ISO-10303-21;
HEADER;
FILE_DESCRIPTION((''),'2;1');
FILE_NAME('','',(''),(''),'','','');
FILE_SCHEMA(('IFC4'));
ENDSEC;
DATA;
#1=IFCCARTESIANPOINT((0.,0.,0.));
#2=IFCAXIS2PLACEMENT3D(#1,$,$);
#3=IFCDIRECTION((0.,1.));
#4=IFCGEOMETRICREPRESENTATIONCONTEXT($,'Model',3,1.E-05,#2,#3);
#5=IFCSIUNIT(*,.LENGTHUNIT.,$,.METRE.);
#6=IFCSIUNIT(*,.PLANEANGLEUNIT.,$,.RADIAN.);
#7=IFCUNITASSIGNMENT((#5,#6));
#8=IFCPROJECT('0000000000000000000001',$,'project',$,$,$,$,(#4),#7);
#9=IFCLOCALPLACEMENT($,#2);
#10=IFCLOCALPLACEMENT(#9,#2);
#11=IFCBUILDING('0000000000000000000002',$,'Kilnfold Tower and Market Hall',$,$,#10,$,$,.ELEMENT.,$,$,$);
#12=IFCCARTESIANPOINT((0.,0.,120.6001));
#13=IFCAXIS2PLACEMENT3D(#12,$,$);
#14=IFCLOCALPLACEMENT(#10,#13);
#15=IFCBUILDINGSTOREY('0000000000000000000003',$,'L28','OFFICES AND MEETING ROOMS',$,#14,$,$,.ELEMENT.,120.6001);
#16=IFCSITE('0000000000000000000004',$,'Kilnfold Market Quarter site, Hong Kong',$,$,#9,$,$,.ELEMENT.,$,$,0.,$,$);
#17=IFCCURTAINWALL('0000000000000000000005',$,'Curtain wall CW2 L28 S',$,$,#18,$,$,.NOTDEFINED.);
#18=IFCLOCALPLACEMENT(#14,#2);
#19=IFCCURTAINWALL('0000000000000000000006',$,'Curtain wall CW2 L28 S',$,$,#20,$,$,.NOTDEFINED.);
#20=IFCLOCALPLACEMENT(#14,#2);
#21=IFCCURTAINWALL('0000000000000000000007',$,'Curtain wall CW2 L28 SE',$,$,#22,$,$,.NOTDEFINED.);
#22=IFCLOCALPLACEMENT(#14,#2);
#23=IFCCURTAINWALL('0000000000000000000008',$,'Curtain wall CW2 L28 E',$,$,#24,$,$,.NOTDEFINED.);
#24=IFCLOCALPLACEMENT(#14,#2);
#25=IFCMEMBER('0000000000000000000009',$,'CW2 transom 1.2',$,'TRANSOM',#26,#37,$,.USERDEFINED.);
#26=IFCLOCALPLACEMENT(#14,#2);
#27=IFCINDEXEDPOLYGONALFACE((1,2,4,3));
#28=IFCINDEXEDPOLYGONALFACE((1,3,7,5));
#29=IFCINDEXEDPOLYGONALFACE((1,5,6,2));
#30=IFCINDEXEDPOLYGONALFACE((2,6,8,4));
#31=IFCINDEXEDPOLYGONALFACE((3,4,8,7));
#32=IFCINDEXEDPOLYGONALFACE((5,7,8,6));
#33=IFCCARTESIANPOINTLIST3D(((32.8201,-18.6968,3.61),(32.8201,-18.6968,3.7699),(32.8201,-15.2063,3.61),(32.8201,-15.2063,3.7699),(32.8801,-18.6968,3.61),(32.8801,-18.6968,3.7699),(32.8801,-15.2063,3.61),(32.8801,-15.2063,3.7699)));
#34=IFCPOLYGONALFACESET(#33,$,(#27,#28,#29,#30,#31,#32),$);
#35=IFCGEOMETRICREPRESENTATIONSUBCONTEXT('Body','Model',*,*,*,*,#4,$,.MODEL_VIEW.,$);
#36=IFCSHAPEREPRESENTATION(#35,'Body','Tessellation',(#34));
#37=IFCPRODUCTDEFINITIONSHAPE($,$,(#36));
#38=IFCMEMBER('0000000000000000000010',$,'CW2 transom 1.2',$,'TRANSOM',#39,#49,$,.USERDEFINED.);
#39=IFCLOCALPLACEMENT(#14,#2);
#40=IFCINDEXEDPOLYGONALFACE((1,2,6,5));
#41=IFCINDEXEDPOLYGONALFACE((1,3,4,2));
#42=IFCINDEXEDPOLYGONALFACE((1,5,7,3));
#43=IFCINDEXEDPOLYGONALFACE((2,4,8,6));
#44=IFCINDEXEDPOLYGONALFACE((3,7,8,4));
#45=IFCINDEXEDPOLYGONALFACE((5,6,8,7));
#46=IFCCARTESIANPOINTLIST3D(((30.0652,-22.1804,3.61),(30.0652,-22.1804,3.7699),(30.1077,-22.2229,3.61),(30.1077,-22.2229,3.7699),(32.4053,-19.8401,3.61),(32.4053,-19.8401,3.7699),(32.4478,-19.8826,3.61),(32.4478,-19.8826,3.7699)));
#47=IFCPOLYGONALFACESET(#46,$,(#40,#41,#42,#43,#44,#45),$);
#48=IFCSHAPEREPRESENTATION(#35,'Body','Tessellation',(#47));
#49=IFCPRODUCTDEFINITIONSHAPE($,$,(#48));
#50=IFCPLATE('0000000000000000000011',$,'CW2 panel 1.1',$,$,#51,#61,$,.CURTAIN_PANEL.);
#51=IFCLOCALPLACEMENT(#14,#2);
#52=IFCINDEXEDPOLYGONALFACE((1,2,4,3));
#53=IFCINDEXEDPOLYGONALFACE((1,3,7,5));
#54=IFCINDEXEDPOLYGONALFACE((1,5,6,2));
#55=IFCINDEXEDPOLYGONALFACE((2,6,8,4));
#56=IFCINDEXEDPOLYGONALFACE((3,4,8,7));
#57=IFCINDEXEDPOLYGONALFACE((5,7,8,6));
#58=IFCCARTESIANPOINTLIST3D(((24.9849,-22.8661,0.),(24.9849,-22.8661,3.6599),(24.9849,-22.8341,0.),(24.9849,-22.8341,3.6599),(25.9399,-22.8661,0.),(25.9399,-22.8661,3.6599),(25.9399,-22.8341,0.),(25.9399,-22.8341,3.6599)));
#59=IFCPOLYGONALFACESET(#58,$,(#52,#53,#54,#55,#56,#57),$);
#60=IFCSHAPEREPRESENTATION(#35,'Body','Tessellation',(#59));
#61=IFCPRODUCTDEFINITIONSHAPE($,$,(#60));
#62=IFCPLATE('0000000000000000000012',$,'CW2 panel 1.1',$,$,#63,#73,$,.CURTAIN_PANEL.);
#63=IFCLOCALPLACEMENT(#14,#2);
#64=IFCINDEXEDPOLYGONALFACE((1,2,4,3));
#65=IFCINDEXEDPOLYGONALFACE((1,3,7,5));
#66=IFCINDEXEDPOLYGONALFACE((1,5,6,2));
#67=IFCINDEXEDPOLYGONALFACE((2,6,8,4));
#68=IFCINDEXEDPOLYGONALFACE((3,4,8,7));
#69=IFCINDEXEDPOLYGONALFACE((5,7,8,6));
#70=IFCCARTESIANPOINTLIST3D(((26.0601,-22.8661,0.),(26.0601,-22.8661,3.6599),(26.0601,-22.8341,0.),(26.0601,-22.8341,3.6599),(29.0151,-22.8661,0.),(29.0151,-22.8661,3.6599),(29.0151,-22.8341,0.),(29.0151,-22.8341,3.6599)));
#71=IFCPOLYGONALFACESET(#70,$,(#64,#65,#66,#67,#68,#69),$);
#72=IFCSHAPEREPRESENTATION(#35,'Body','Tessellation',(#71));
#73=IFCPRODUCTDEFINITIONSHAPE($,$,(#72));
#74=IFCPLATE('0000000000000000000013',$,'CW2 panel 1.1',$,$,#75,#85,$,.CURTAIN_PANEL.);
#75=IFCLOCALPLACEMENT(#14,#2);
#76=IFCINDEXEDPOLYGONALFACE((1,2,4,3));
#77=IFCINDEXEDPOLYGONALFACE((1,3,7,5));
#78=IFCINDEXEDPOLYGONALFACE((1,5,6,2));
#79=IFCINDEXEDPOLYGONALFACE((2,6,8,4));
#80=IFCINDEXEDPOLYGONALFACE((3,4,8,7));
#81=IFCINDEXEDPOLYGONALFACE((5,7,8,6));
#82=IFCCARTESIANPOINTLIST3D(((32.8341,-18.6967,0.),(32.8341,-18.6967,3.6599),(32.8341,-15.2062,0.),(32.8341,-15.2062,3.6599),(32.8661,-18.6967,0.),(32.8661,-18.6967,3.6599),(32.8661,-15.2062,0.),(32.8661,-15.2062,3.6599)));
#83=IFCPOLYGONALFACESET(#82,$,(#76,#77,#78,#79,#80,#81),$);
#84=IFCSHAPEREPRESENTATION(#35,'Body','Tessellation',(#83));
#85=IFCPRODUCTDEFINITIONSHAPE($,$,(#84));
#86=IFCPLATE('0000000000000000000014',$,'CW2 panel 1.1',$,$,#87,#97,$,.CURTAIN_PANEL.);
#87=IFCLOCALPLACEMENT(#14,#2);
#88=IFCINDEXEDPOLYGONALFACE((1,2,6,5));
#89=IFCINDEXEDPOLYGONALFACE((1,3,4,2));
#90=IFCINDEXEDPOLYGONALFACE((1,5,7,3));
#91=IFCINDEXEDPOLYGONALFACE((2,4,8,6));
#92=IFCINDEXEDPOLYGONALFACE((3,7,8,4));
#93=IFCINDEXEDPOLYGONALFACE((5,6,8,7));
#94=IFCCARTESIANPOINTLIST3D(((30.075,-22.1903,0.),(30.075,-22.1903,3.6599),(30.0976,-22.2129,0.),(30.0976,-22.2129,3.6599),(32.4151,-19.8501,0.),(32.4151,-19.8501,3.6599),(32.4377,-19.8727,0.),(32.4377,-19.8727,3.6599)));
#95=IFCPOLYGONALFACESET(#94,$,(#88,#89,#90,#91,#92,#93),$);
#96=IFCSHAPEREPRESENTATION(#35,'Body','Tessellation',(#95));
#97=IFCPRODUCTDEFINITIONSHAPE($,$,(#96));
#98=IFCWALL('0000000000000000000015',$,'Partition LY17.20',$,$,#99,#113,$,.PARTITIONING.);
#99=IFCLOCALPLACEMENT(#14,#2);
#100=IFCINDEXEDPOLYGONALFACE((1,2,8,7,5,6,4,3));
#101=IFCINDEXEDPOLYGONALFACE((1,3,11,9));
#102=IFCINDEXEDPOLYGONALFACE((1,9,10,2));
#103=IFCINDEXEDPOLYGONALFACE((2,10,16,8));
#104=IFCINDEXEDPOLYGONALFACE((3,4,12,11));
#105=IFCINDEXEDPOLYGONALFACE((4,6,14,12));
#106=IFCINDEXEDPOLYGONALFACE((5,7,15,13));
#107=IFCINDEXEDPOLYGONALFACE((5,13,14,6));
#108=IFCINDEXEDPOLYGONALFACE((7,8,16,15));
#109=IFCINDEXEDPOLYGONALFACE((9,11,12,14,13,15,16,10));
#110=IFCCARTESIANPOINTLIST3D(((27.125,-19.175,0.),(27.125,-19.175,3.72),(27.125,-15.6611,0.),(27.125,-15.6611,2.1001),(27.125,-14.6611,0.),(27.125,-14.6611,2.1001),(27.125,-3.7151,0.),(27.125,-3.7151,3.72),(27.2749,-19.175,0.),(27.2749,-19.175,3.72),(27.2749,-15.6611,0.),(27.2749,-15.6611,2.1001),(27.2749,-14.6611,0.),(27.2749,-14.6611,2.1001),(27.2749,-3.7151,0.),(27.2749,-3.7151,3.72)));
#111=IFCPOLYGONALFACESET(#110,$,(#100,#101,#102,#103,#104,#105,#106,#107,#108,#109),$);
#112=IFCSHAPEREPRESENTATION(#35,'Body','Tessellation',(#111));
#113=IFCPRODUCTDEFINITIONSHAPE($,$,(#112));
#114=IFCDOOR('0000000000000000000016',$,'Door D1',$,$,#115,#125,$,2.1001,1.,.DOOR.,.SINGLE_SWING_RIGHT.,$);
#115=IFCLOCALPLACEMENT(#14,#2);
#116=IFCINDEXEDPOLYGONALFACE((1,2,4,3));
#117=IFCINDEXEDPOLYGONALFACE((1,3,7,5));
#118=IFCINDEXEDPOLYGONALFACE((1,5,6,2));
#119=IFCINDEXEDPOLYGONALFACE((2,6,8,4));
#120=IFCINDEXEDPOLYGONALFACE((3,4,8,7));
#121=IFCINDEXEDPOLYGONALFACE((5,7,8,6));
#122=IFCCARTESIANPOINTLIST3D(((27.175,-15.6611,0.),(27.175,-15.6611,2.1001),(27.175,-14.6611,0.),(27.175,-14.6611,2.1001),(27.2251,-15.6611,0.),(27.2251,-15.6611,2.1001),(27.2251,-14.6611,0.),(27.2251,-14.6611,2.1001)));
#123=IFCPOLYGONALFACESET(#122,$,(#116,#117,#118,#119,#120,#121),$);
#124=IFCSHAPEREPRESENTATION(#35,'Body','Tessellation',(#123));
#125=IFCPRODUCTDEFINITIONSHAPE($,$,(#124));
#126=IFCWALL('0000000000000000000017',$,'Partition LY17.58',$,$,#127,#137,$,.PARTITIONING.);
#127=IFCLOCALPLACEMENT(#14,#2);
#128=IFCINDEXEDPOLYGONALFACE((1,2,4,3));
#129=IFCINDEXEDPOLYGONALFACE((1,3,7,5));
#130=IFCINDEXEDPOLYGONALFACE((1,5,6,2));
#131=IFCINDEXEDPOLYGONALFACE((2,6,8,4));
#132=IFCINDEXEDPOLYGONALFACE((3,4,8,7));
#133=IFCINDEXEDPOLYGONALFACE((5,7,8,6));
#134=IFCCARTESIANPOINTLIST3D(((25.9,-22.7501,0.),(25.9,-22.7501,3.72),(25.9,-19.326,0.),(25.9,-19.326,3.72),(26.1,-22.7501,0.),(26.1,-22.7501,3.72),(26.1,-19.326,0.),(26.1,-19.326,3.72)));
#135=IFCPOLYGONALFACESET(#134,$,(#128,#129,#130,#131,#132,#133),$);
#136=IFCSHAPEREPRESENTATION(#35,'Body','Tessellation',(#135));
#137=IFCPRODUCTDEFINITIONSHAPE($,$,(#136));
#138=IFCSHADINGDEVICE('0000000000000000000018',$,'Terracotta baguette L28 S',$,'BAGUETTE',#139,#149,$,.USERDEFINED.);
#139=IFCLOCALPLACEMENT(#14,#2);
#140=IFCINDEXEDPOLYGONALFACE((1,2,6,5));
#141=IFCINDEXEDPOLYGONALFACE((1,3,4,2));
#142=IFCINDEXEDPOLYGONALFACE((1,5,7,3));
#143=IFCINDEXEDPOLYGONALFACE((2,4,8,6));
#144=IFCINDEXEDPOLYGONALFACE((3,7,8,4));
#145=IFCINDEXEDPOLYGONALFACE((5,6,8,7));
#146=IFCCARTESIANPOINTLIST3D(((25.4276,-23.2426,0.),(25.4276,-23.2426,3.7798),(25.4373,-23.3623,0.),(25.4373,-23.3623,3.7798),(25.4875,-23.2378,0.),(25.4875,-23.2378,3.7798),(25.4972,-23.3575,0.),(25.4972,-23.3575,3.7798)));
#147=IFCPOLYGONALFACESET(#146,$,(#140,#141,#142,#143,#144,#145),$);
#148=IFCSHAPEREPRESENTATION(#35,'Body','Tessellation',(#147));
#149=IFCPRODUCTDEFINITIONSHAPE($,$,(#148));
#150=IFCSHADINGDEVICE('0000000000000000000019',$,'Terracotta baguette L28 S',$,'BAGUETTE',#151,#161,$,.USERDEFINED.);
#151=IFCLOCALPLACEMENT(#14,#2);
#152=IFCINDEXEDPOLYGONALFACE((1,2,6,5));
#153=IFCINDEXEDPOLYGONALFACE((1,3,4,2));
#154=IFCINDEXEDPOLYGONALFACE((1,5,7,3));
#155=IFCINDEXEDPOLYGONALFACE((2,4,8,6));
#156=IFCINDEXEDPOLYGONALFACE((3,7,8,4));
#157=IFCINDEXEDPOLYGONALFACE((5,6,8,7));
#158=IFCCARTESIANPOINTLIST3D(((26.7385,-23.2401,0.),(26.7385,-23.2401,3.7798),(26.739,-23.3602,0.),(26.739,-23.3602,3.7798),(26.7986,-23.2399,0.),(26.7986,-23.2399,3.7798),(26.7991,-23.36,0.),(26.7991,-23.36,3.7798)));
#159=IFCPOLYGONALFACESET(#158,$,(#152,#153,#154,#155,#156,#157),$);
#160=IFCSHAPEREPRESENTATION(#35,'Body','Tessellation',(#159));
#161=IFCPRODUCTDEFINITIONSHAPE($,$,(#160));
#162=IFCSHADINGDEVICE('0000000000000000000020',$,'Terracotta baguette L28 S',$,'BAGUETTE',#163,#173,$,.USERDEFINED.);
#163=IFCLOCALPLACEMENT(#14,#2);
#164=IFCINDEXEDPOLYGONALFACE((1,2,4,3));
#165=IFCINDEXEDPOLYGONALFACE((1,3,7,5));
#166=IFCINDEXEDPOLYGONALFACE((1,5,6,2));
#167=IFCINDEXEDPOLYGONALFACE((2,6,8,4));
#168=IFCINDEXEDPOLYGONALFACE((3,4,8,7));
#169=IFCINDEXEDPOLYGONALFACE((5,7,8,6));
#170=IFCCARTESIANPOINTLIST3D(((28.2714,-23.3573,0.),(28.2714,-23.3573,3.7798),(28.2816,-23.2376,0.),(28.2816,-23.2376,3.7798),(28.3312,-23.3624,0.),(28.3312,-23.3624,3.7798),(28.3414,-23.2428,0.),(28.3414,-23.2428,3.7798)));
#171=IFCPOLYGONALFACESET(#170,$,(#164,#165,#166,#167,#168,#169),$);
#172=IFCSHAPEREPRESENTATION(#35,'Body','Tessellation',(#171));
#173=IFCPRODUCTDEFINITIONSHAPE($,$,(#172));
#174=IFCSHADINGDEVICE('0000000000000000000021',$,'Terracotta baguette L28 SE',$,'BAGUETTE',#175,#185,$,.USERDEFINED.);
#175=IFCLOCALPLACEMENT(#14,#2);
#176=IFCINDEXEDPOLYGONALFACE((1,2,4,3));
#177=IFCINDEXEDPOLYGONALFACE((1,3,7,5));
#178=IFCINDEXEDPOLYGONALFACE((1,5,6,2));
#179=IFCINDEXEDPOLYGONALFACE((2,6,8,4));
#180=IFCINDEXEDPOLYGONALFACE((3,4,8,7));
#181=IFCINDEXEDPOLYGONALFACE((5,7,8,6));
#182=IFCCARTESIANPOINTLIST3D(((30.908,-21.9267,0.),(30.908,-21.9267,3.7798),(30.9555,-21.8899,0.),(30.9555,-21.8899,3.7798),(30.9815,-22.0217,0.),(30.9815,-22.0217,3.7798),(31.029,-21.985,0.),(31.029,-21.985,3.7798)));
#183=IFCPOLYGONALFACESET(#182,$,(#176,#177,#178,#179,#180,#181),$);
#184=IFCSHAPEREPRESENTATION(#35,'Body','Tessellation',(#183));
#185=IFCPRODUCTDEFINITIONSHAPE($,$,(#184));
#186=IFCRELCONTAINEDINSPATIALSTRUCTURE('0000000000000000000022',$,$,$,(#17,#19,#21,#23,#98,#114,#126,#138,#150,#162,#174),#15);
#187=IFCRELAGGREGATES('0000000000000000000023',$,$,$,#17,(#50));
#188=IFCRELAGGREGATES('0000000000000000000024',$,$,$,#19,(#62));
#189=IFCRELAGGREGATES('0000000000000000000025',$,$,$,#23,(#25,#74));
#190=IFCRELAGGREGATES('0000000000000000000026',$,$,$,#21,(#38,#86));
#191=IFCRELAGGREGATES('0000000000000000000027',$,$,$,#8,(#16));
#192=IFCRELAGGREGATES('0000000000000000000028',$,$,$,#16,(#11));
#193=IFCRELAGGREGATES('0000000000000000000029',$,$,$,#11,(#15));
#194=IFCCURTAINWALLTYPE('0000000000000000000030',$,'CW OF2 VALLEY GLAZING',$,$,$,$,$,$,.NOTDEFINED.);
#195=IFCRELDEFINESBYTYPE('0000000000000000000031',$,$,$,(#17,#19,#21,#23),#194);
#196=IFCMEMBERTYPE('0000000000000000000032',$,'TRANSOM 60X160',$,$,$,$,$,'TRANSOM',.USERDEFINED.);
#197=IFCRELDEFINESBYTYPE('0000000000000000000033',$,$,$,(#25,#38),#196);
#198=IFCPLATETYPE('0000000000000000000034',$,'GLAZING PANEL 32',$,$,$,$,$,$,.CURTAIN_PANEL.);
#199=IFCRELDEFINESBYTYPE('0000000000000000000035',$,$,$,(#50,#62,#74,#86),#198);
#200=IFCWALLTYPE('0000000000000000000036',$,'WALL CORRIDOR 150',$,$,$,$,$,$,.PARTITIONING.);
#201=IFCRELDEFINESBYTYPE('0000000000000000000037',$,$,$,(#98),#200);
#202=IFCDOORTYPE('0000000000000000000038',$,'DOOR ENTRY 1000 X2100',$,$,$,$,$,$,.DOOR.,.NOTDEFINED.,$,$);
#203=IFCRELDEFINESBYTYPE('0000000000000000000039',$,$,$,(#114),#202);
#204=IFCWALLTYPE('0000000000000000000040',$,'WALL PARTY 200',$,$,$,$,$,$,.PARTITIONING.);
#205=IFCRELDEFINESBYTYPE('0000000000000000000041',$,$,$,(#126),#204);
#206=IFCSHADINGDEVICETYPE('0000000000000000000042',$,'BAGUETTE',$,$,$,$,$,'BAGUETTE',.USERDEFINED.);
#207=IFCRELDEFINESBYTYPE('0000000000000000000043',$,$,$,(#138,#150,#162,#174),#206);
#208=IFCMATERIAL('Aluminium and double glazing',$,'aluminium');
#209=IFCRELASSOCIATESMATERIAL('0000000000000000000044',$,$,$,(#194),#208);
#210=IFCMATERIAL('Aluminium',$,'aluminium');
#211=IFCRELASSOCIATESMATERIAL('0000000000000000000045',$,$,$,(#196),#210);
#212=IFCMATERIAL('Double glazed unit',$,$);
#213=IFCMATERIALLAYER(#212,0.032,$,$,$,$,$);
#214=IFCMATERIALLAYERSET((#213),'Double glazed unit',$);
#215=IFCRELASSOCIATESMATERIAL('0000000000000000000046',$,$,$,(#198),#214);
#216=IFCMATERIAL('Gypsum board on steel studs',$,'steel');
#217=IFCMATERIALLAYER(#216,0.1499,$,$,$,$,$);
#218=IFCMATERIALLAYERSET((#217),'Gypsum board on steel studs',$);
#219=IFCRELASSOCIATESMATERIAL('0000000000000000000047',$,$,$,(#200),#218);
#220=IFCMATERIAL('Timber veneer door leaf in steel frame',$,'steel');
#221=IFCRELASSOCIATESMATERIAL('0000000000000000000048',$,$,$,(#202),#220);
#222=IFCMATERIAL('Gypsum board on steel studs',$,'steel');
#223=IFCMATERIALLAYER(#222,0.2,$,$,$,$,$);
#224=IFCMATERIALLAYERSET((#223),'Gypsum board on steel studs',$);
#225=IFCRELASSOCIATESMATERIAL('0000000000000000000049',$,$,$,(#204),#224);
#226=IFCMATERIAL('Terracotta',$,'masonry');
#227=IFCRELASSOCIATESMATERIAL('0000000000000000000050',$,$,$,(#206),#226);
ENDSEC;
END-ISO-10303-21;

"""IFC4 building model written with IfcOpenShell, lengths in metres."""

from ifc_helpers import new_model, si_unit, direction, frame, frame_2d, origin, origin_2d, place, context, subcontext, project, spatial, rectangle, extrude, source, transform, mapped, material, layer, layer_set, material_profile, profile_set, type_object, element, fill, aggregate, save


model = new_model("IFC4")

# Units and contexts
model_context = context("Model", 3, precision=1e-05, world=origin(), true_north=direction((0.0, 1.0)))
body_context = subcontext(model_context, "Body", "Model", "MODEL_VIEW")
ifc_project = project(units=[si_unit("LENGTHUNIT", "METRE"), si_unit("PLANEANGLEUNIT", "RADIAN")], contexts=[model_context])

# Site, building, storey
site_placement = place(None, origin())
site = spatial("IfcSite", under=ifc_project, at=site_placement, Name="Kilnfold Market Quarter site, Hong Kong", CompositionType="ELEMENT", RefElevation=0.0)
building_placement = place(site_placement, origin())
building = spatial("IfcBuilding", under=site, at=building_placement, Name="Kilnfold Tower and Market Hall", CompositionType="ELEMENT")
storey_placement = place(building_placement, frame((0.0, 0.0, 120.6001)))
storey = spatial("IfcBuildingStorey", under=building, at=storey_placement, Name="L28", Description="OFFICES AND MEETING ROOMS", CompositionType="ELEMENT", Elevation=120.6001)

# Curtain walls
ifc_material_1 = material(Name="Aluminium and double glazing", Category="aluminium")
curtain_wall_type = type_object("IfcCurtainWallType", Name="CW OF2 VALLEY GLAZING", PredefinedType="NOTDEFINED", material=ifc_material_1)
curtain_wall_1_placement = place(storey_placement, origin())
curtain_wall_1 = element("IfcCurtainWall", 1, at=curtain_wall_1_placement, inside=storey, type_object=curtain_wall_type, Name="Curtain wall CW2 L28 S", PredefinedType="NOTDEFINED")
curtain_wall_2_placement = place(storey_placement, origin())
curtain_wall_2 = element("IfcCurtainWall", 2, at=curtain_wall_2_placement, inside=storey, type_object=curtain_wall_type, Name="Curtain wall CW2 L28 S", PredefinedType="NOTDEFINED")
curtain_wall_3_placement = place(storey_placement, origin())
curtain_wall_3 = element("IfcCurtainWall", 3, at=curtain_wall_3_placement, inside=storey, type_object=curtain_wall_type, Name="Curtain wall CW2 L28 SE", PredefinedType="NOTDEFINED")
curtain_wall_4_placement = place(storey_placement, origin())
curtain_wall_4 = element("IfcCurtainWall", 4, at=curtain_wall_4_placement, inside=storey, type_object=curtain_wall_type, Name="Curtain wall CW2 L28 E", PredefinedType="NOTDEFINED")

# Members
ifc_material_2 = material(Name="Aluminium", Category="aluminium")
ifc_material_profile_1 = material_profile(ifc_material_2, rectangle(XDim=0.0601, YDim=0.1599, at=origin_2d()), Name="TRANSOM 60x160")
ifc_profile_set_1 = profile_set([ifc_material_profile_1], Name="Aluminium")
member_type_1 = type_object("IfcMemberType", Name="TRANSOM 60X160", ElementType="TRANSOM", PredefinedType="USERDEFINED", material=ifc_profile_set_1)
shared_shape_1 = source(origin(), body_context, "Body", "SweptSolid", [
    extrude(rectangle(XDim=0.0601, YDim=0.1599, at=origin_2d()), origin(), (0.0, 0.0, 1.0), 3.4905),
])
member_1_placement = place(storey_placement, frame((32.8501, -18.6968, 3.6899), z_axis=(0.0, 1.0, 0.0), x_axis=(-1.0, 0.0, 0.0)))
member_1 = element("IfcMember", 5, at=member_1_placement, type_object=member_type_1, Name="CW2 transom 1.2", ObjectType="TRANSOM", PredefinedType="USERDEFINED", context=body_context, shape_type="MappedRepresentation", body=[
    mapped(shared_shape_1, transform((0.0, 0.0, 0.0))),
])
shared_shape_2 = source(origin(), body_context, "Body", "SweptSolid", [
    extrude(rectangle(XDim=0.0601, YDim=0.1599, at=origin_2d()), origin(), (0.0, 0.0, 1.0), 3.3096),
])
member_2_placement = place(storey_placement, frame((30.0864, -22.2017, 3.6899), z_axis=(0.70707, 0.707144, 0.0), x_axis=(-0.707144, 0.70707, 0.0)))
member_2 = element("IfcMember", 6, at=member_2_placement, type_object=member_type_1, Name="CW2 transom 1.2", ObjectType="TRANSOM", PredefinedType="USERDEFINED", context=body_context, shape_type="MappedRepresentation", body=[
    mapped(shared_shape_2, transform((0.0, 0.0, 0.0))),
])

# Plates
ifc_material_3 = material(Name="Double glazed unit")
ifc_layer_1 = layer(ifc_material_3, 0.032)
ifc_layer_set_1 = layer_set([ifc_layer_1], Name="Double glazed unit")
plate_type = type_object("IfcPlateType", Name="GLAZING PANEL 32", PredefinedType="CURTAIN_PANEL", material=ifc_layer_set_1)
shared_shape_3 = source(origin(), body_context, "Body", "SweptSolid", [
    extrude(rectangle(XDim=0.9551, YDim=0.032, at=origin_2d()), origin(), (0.0, 0.0, 1.0), 3.6599),
])
plate_1_placement = place(storey_placement, frame((25.4624, -22.8501, 0.0), z_axis=(0.0, 0.0, 1.0), x_axis=(1.0, 0.0, 0.0)))
plate_1 = element("IfcPlate", 7, at=plate_1_placement, type_object=plate_type, Name="CW2 panel 1.1", PredefinedType="CURTAIN_PANEL", context=body_context, shape_type="MappedRepresentation", body=[
    mapped(shared_shape_3, transform((0.0, 0.0, 0.0))),
])
aggregate(curtain_wall_1, [plate_1])
shared_shape_4 = source(origin(), body_context, "Body", "SweptSolid", [
    extrude(rectangle(XDim=2.9551, YDim=0.032, at=origin_2d()), origin(), (0.0, 0.0, 1.0), 3.6599),
])
plate_2_placement = place(storey_placement, frame((27.5376, -22.8501, 0.0), z_axis=(0.0, 0.0, 1.0), x_axis=(1.0, 0.0, 0.0)))
plate_2 = element("IfcPlate", 8, at=plate_2_placement, type_object=plate_type, Name="CW2 panel 1.1", PredefinedType="CURTAIN_PANEL", context=body_context, shape_type="MappedRepresentation", body=[
    mapped(shared_shape_4, transform((0.0, 0.0, 0.0))),
])
aggregate(curtain_wall_2, [plate_2])
shared_shape_5 = source(origin(), body_context, "Body", "SweptSolid", [
    extrude(rectangle(XDim=3.4905, YDim=0.032, at=origin_2d()), origin(), (0.0, 0.0, 1.0), 3.6599),
])
plate_3_placement = place(storey_placement, frame((32.8501, -16.9514, 0.0), z_axis=(0.0, 0.0, 1.0), x_axis=(0.0, 1.0, 0.0)))
plate_3 = element("IfcPlate", 9, at=plate_3_placement, type_object=plate_type, Name="CW2 panel 1.1", PredefinedType="CURTAIN_PANEL", context=body_context, shape_type="MappedRepresentation", body=[
    mapped(shared_shape_5, transform((0.0, 0.0, 0.0))),
])
aggregate(curtain_wall_4, [member_1, plate_3])
shared_shape_6 = source(origin(), body_context, "Body", "SweptSolid", [
    extrude(rectangle(XDim=3.3096, YDim=0.032, at=origin_2d()), origin(), (0.0, 0.0, 1.0), 3.6599),
])
plate_4_placement = place(storey_placement, frame((31.2563, -21.0315, 0.0), z_axis=(0.0, 0.0, 1.0), x_axis=(0.707092, 0.707121, 0.0)))
plate_4 = element("IfcPlate", 10, at=plate_4_placement, type_object=plate_type, Name="CW2 panel 1.1", PredefinedType="CURTAIN_PANEL", context=body_context, shape_type="MappedRepresentation", body=[
    mapped(shared_shape_6, transform((0.0, 0.0, 0.0))),
])
aggregate(curtain_wall_3, [member_2, plate_4])

# Wall, opening, door
ifc_material_4 = material(Name="Gypsum board on steel studs", Category="steel")
ifc_layer_2 = layer(ifc_material_4, 0.1499)
ifc_layer_set_2 = layer_set([ifc_layer_2], Name="Gypsum board on steel studs")
wall_type_1 = type_object("IfcWallType", Name="WALL CORRIDOR 150", PredefinedType="PARTITIONING", material=ifc_layer_set_2)
wall_1_placement = place(storey_placement, frame((27.2, -19.175, 0.0), z_axis=(0.0, 0.0, 1.0), x_axis=(0.0, 1.0, 0.0)))
wall_1 = element("IfcWall", 11, at=wall_1_placement, inside=storey, type_object=wall_type_1, Name="Partition LY17.20", PredefinedType="PARTITIONING", context=body_context, shape_type="SweptSolid", body=[
    extrude(rectangle(XDim=15.46, YDim=0.1499, at=frame_2d((7.73, 0.0))), origin(), (0.0, 0.0, 1.0), 3.72),
])
opening_placement = place(wall_1_placement, frame((3.5139, 0.0, 0.0)))
opening = element("IfcOpeningElement", 12, at=opening_placement, cuts=wall_1, PredefinedType="OPENING", context=body_context, shape_type="SweptSolid", body=[
    extrude(rectangle(XDim=1.0, YDim=2.1001, at=frame_2d((0.5, 1.05))), frame((0.0, 0.085, 0.0), z_axis=(0.0, -1.0, 0.0), x_axis=(1.0, 0.0, 0.0)), (0.0, 0.0, 1.0), 0.1699),
])
ifc_material_5 = material(Name="Timber veneer door leaf in steel frame", Category="steel")
door_type = type_object("IfcDoorType", Name="DOOR ENTRY 1000 X2100", OperationType="NOTDEFINED", PredefinedType="DOOR", material=ifc_material_5)
door_placement = place(opening_placement, origin())
door = element("IfcDoor", 13, at=door_placement, inside=storey, type_object=door_type, Name="Door D1", OperationType="SINGLE_SWING_RIGHT", OverallHeight=2.1001, OverallWidth=1.0, PredefinedType="DOOR", context=body_context, shape_type="SweptSolid", body=[
    extrude(rectangle(XDim=1.0, YDim=2.1001, at=frame_2d((0.5, 1.05))), frame((0.0, 0.0249, 0.0), z_axis=(0.0, -1.0, 0.0), x_axis=(1.0, 0.0, 0.0)), (0.0, 0.0, 1.0), 0.05),
])
fill(opening, door)

# Wall
ifc_material_6 = material(Name="Gypsum board on steel studs", Category="steel")
ifc_layer_3 = layer(ifc_material_6, 0.2)
ifc_layer_set_3 = layer_set([ifc_layer_3], Name="Gypsum board on steel studs")
wall_type_2 = type_object("IfcWallType", Name="WALL PARTY 200", PredefinedType="PARTITIONING", material=ifc_layer_set_3)
wall_2_placement = place(storey_placement, frame((26.0, -22.75, 0.0), z_axis=(0.0, 0.0, 1.0), x_axis=(0.0, 1.0, 0.0)))
element("IfcWall", 14, at=wall_2_placement, inside=storey, type_object=wall_type_2, Name="Partition LY17.58", PredefinedType="PARTITIONING", context=body_context, shape_type="SweptSolid", body=[
    extrude(rectangle(XDim=3.4241, YDim=0.2, at=frame_2d((1.7119, 0.0))), origin(), (0.0, 0.0, 1.0), 3.72),
])

# Shading devices
ifc_material_7 = material(Name="Terracotta", Category="masonry")
ifc_material_profile_2 = material_profile(ifc_material_7, rectangle(XDim=0.0601, YDim=0.1201, at=origin_2d()), Name="BAG 60x120")
ifc_profile_set_2 = profile_set([ifc_material_profile_2], Name="Terracotta")
shading_device_type = type_object("IfcShadingDeviceType", Name="BAGUETTE", ElementType="BAGUETTE", PredefinedType="USERDEFINED", material=ifc_profile_set_2)
shared_shape_7 = source(origin(), body_context, "Body", "SweptSolid", [
    extrude(rectangle(XDim=0.0601, YDim=0.1201, at=origin_2d()), origin(), (0.0, 0.0, 1.0), 3.7798),
])
for number, where, z_axis, x_axis, name in (
    (15, (25.4624, -23.3, 0.0), (0.0, 0.0, 1.0), (0.996727, 0.080837, 0.0), "Terracotta baguette L28 S"),
    (16, (26.7688, -23.3, 0.0), (0.0, 0.0, 1.0), (0.99999, 0.004465, 0.0), "Terracotta baguette L28 S"),
    (17, (28.3064, -23.3, 0.0), (0.0, 0.0, 1.0), (0.996356, -0.085288, 0.0), "Terracotta baguette L28 S"),
    (18, (30.9685, -21.9558, 0.0), (0.0, 0.0, 1.0), (0.791262, 0.611477, 0.0), "Terracotta baguette L28 SE"),
):
    element("IfcShadingDevice", number, at=place(storey_placement, frame(where, z_axis=z_axis, x_axis=x_axis)), inside=storey, type_object=shading_device_type, Name=name, ObjectType="BAGUETTE", PredefinedType="USERDEFINED", context=body_context, shape_type="MappedRepresentation", body=[
        mapped(shared_shape_7, transform((0.0, 0.0, 0.0))),
    ])

save(model, "model.ifc")
